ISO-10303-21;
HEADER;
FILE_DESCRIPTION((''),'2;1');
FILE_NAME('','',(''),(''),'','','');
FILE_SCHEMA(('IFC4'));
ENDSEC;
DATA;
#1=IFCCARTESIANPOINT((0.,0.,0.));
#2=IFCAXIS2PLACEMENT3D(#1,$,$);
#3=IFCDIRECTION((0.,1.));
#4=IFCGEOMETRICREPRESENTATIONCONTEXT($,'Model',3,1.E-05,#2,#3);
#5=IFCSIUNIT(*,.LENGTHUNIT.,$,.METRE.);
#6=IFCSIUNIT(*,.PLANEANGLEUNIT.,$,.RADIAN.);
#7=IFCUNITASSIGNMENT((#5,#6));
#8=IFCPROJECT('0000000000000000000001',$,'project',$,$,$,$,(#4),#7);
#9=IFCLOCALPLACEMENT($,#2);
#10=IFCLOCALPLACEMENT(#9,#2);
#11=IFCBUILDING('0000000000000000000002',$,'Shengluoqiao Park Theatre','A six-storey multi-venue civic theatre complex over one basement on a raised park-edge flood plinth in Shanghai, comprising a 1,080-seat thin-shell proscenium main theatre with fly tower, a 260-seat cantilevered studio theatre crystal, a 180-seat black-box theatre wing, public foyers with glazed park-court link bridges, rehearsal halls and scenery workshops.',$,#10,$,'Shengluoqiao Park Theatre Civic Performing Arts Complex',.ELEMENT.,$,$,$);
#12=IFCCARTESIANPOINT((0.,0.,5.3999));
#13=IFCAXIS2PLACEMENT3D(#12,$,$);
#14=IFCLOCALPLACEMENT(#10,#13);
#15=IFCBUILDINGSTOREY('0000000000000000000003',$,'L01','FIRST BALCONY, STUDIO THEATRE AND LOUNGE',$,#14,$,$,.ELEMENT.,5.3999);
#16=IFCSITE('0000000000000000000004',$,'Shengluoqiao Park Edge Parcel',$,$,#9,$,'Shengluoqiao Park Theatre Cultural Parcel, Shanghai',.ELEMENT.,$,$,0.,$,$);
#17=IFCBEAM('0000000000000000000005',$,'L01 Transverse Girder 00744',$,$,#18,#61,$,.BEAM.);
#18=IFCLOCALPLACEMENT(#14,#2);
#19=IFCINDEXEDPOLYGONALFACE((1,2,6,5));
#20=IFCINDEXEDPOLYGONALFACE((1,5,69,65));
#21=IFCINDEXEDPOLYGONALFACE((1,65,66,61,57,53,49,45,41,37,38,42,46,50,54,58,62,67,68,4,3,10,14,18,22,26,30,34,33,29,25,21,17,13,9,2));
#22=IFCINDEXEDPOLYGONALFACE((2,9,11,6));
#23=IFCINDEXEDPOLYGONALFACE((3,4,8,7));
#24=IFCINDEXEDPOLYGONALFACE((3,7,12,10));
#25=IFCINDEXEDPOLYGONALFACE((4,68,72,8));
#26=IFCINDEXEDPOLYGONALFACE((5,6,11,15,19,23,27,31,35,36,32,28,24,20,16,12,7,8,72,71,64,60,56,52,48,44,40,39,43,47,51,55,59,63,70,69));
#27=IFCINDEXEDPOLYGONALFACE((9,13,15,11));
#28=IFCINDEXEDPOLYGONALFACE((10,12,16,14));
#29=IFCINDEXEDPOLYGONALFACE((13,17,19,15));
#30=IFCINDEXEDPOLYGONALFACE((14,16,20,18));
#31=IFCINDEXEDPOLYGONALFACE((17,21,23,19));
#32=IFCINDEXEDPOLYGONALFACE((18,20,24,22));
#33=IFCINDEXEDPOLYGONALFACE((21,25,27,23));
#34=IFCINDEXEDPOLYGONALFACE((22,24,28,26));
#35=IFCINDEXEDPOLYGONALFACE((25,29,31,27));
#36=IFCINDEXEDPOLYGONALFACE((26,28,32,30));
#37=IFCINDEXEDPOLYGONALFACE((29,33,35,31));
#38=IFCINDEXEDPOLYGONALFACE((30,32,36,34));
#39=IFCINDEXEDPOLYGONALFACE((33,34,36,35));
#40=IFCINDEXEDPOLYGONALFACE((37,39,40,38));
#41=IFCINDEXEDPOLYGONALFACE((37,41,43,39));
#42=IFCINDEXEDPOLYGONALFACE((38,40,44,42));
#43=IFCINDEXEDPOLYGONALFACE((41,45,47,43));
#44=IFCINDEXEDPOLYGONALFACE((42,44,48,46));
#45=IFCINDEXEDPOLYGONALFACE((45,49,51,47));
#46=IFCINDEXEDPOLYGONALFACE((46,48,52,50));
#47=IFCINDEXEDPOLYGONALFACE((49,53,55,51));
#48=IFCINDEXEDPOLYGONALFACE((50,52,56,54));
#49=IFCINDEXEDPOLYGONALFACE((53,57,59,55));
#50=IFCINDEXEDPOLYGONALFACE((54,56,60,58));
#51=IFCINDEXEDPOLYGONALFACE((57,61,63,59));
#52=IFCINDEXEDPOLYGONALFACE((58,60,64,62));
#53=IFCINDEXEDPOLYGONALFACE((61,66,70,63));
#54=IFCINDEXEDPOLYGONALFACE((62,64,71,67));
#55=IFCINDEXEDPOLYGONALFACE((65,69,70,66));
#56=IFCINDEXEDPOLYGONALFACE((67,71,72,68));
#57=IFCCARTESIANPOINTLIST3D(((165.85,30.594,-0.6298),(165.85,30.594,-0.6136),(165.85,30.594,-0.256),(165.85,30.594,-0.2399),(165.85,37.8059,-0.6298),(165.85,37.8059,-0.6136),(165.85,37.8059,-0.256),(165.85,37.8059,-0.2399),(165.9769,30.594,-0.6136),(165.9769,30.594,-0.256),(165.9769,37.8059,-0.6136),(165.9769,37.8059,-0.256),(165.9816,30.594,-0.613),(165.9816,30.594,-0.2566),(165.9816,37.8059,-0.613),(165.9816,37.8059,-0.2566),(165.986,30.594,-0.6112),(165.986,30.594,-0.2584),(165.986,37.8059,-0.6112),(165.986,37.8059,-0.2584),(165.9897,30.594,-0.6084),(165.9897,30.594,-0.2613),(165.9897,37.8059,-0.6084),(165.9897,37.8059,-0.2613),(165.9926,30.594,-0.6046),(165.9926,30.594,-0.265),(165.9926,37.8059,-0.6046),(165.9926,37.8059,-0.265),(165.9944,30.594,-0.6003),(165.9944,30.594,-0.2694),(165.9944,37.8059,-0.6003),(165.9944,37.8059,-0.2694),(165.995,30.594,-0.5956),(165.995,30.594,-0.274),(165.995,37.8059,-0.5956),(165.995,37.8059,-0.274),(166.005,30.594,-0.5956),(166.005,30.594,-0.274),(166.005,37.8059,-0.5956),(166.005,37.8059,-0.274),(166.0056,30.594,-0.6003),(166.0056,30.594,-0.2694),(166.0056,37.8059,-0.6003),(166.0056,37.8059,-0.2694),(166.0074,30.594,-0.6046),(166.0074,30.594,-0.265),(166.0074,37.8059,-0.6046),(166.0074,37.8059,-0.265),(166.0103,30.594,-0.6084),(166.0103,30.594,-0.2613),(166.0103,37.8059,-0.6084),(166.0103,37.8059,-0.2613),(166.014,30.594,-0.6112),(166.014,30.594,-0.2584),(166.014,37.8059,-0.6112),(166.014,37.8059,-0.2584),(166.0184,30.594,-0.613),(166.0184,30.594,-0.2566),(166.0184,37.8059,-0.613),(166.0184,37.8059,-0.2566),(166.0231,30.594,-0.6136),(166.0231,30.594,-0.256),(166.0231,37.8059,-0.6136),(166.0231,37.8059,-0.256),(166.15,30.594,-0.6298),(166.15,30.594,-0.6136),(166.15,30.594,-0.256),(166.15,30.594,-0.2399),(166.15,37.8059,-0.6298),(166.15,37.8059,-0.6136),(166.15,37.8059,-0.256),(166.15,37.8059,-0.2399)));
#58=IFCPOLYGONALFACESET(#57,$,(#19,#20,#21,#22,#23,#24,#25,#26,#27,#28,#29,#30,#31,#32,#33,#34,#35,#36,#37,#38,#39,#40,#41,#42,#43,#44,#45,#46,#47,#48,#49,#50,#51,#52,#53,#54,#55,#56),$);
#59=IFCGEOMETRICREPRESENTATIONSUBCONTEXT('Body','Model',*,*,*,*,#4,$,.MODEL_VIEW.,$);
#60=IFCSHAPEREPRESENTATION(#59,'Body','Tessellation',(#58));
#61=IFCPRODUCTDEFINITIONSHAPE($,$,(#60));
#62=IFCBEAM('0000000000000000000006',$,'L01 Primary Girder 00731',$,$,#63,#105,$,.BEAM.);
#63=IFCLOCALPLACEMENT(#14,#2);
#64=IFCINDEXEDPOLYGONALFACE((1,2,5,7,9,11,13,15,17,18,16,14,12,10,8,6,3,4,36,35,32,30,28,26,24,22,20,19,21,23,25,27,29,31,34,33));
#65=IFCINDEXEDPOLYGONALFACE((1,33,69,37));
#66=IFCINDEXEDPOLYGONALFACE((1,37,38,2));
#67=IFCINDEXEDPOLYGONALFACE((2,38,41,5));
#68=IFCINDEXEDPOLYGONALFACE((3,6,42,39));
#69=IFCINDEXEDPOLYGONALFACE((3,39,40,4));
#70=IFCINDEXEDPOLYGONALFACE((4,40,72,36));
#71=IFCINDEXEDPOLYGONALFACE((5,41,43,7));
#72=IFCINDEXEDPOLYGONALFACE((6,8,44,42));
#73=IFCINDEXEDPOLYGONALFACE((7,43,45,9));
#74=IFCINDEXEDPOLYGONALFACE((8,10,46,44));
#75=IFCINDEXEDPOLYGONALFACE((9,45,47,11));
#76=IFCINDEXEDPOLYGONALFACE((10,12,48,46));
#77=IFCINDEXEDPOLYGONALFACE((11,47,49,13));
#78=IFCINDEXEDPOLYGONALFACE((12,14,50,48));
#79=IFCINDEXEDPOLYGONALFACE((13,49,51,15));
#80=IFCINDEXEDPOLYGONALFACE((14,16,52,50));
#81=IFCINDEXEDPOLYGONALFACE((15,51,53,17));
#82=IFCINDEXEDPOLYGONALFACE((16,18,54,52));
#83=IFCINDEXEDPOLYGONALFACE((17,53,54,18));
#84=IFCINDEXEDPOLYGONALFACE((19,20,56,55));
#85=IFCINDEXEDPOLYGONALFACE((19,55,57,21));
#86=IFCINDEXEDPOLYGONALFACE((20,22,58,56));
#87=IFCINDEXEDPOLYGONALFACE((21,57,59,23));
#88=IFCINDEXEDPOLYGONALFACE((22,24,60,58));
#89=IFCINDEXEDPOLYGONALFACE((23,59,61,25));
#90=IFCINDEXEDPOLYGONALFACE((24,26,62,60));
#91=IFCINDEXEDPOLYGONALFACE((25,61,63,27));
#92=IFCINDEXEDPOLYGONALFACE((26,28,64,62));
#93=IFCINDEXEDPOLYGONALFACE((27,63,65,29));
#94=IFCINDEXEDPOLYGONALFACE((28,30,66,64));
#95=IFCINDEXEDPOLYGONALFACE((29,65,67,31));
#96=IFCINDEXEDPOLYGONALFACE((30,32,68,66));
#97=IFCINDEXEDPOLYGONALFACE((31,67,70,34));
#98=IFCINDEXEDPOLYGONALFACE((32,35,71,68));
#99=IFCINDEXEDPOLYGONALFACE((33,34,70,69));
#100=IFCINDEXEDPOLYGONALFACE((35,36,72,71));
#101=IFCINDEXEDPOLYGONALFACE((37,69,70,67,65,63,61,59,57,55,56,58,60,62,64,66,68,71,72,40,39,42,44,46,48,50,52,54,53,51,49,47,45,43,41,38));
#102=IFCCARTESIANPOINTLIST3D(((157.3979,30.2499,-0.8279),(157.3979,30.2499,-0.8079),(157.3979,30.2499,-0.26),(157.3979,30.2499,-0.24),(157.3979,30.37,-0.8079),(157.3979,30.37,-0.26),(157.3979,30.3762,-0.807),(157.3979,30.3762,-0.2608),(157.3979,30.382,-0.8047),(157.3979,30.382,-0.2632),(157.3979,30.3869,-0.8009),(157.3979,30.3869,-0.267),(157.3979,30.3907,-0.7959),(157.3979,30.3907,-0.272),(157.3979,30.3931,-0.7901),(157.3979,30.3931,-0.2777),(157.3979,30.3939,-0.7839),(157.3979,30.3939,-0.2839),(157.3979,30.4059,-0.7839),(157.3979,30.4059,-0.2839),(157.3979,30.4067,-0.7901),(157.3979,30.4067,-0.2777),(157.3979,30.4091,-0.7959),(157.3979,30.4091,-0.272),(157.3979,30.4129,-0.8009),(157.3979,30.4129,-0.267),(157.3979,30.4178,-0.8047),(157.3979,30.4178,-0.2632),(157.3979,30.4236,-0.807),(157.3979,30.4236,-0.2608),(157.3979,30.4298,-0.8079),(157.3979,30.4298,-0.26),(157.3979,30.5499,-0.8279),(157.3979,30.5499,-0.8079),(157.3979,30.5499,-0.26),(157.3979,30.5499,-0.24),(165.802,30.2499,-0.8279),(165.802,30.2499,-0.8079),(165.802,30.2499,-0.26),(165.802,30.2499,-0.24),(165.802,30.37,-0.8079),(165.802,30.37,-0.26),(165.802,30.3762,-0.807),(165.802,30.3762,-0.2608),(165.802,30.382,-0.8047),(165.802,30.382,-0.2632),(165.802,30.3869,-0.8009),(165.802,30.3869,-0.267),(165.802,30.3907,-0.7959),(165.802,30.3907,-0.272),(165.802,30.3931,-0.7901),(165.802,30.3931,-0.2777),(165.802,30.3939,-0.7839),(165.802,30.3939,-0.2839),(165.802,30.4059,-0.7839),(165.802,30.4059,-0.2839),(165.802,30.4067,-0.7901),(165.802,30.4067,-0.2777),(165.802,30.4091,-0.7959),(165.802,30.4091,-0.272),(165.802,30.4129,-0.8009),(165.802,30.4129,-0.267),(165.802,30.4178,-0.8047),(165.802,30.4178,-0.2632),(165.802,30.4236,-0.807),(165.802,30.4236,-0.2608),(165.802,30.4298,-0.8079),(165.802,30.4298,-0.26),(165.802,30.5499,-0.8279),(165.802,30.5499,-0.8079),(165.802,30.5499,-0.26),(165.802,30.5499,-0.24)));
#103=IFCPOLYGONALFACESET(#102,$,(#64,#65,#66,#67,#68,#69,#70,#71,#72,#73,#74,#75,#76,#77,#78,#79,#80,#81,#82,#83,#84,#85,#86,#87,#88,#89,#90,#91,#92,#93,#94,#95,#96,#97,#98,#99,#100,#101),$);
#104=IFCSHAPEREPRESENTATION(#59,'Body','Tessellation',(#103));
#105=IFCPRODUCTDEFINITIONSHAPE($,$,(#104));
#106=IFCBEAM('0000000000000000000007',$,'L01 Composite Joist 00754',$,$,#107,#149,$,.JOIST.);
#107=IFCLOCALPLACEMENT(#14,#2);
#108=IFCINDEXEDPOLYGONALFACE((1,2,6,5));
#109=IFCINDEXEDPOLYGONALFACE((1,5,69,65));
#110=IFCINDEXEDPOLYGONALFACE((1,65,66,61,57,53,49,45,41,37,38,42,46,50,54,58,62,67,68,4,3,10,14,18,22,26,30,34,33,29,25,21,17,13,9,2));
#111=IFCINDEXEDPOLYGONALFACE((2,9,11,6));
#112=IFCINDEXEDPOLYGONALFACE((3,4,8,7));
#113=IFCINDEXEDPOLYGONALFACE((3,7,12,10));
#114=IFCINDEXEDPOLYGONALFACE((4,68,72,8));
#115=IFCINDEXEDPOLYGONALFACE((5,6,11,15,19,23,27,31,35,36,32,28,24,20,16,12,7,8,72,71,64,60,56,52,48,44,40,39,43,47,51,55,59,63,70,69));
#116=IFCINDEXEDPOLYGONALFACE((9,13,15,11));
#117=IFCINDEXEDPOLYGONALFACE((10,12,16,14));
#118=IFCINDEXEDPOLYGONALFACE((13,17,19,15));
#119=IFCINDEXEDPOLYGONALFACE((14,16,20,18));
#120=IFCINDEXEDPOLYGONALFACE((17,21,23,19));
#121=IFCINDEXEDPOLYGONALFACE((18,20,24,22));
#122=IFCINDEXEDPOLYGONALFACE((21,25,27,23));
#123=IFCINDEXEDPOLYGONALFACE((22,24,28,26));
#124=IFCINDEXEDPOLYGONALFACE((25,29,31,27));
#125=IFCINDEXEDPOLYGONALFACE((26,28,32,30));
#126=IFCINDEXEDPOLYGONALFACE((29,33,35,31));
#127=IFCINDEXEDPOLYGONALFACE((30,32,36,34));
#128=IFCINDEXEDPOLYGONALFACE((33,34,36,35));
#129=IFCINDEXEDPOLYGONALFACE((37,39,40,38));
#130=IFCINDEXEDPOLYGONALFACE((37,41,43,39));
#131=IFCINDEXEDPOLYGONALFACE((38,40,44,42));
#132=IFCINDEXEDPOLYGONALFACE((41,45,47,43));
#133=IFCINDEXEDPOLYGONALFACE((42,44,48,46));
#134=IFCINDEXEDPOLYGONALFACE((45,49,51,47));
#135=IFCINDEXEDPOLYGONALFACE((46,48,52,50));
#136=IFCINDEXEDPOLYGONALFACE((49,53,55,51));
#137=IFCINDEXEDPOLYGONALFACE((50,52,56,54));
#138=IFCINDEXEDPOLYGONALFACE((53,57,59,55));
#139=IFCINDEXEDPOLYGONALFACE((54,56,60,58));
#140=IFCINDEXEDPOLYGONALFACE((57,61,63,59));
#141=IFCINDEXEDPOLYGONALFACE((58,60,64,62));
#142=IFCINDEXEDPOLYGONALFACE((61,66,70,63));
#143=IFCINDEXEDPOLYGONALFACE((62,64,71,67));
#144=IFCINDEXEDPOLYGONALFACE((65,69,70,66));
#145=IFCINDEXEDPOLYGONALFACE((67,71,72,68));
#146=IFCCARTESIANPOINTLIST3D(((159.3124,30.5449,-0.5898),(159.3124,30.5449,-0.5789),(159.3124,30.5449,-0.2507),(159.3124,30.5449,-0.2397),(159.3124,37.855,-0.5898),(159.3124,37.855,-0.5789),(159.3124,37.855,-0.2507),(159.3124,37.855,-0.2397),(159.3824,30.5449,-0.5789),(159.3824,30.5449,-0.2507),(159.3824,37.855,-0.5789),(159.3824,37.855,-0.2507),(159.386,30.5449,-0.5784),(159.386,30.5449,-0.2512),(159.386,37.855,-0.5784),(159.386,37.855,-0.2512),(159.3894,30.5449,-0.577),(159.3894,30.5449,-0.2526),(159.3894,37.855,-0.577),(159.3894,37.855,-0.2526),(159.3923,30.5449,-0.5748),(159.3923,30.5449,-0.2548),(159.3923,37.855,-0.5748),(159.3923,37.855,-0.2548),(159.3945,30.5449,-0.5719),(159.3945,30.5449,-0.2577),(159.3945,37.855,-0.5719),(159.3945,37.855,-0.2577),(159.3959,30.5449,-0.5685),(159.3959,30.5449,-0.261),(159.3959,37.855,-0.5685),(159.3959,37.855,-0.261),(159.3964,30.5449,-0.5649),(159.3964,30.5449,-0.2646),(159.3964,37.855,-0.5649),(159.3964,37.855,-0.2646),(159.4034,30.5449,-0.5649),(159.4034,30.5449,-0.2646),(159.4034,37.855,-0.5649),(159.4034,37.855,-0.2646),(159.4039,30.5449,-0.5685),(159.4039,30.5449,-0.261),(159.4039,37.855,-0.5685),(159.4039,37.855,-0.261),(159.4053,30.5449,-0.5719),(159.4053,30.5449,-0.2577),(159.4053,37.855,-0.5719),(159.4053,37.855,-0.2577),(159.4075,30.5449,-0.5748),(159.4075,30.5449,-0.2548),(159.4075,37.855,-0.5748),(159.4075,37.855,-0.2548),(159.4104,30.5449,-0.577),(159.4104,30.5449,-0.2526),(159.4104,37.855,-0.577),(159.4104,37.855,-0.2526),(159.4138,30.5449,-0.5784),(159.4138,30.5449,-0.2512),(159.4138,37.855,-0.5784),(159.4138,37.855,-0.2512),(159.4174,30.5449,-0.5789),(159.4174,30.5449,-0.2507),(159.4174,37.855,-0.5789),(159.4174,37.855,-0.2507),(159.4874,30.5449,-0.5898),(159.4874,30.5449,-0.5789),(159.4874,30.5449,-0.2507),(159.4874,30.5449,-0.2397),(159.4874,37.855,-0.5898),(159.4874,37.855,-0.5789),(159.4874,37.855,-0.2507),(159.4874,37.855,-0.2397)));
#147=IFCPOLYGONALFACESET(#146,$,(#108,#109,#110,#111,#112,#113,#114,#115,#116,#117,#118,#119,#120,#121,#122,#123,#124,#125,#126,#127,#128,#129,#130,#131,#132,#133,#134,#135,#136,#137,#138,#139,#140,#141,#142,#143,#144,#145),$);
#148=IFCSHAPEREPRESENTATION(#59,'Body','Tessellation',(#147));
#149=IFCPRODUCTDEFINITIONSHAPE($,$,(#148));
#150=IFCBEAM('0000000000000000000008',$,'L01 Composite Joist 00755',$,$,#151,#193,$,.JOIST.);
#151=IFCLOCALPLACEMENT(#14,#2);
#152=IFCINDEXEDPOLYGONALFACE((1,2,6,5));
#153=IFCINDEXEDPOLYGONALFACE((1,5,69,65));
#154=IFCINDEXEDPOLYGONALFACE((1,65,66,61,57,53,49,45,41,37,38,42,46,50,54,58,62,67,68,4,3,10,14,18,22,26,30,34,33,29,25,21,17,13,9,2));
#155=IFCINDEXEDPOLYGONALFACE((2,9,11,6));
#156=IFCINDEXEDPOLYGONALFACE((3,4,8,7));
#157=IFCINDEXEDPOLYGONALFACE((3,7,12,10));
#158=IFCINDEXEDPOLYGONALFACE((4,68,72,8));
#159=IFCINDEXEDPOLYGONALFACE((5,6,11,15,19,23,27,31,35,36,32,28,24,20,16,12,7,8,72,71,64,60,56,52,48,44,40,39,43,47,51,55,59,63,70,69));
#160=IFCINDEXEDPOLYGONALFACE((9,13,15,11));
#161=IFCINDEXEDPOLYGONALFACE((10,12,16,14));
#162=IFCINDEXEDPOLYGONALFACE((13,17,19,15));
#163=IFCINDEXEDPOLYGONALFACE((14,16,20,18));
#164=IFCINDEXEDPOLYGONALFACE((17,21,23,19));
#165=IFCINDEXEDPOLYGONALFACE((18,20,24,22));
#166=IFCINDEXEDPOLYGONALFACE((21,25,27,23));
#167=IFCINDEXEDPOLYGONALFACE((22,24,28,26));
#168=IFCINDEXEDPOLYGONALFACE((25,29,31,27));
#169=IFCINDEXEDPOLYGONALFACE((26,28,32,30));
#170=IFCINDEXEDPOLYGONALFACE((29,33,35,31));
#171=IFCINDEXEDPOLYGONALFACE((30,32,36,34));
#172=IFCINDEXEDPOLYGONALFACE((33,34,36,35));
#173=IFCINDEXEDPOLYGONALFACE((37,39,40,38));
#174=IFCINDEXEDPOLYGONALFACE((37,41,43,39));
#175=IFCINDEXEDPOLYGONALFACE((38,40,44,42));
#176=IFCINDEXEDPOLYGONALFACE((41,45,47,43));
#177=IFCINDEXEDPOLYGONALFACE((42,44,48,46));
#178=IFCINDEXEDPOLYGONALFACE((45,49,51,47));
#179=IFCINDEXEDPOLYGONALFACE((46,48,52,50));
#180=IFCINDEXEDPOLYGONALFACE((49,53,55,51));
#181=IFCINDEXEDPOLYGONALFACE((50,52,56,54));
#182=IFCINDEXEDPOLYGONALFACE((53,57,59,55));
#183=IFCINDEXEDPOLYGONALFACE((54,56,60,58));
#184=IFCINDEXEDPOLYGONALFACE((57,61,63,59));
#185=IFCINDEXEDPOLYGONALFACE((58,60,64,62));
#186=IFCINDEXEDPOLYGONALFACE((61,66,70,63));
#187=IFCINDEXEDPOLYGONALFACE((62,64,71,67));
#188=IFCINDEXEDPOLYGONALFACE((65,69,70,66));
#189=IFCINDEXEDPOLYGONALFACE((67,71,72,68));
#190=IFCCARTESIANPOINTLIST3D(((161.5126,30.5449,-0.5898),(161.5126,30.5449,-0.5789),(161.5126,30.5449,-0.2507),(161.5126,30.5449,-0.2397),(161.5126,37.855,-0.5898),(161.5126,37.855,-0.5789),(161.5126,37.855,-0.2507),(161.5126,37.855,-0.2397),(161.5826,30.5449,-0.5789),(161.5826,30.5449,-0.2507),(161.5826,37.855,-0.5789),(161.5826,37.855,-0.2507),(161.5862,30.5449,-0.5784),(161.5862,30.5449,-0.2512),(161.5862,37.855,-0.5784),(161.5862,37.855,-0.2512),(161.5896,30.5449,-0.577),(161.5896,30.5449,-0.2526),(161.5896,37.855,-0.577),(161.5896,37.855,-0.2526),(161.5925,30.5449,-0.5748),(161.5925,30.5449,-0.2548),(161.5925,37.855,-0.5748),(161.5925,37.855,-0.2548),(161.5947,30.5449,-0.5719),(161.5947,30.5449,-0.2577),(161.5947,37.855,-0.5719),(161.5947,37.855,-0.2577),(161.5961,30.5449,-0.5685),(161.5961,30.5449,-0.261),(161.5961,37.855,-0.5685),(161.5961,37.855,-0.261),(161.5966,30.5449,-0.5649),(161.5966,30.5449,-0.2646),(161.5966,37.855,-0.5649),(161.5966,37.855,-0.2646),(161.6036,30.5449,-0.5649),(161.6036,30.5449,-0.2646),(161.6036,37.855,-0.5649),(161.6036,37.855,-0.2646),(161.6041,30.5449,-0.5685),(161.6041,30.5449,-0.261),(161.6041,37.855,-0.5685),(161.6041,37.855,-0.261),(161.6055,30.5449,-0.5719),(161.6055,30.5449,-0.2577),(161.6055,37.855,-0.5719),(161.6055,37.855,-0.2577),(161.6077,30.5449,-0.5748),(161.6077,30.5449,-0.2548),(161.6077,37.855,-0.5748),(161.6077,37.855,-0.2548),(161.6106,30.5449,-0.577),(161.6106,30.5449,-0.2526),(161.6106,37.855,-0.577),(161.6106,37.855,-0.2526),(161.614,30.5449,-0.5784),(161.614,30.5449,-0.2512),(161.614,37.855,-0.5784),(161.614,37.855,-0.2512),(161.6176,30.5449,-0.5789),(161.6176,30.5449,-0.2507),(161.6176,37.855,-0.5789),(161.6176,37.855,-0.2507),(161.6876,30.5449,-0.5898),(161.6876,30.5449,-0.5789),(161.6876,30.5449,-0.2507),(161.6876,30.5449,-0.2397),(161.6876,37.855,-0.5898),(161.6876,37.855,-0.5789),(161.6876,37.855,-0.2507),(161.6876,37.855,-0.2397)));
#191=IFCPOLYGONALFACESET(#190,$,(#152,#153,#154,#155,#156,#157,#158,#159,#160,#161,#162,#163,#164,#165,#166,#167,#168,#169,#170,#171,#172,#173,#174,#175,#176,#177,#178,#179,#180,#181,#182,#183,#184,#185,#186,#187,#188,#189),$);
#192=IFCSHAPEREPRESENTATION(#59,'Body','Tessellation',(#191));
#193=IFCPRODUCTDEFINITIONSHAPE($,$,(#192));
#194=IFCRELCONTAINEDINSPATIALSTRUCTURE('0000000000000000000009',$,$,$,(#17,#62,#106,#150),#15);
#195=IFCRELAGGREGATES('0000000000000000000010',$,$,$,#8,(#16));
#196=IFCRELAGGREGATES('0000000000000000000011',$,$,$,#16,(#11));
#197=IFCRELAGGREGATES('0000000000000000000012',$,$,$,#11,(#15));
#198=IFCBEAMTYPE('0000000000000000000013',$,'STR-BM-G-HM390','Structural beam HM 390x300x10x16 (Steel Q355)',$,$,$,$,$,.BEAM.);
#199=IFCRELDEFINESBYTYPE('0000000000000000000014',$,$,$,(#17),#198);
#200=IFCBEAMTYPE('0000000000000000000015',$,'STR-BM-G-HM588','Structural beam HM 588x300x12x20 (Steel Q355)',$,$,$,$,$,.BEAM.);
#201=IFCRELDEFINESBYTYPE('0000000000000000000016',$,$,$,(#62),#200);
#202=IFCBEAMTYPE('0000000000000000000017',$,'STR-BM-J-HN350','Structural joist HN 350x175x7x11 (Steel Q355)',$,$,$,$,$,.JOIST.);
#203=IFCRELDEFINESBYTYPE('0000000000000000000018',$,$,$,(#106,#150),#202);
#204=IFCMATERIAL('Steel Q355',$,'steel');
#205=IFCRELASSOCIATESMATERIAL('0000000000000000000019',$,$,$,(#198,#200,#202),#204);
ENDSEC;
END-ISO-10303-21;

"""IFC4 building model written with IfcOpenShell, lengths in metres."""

from ifc_helpers import new_model, si_unit, direction, frame, origin, origin_2d, place, context, subcontext, project, spatial, i_section, extrude, material, material_profile, profile_set, type_object, element, save


model = new_model("IFC4")

# Units and contexts
model_context = context("Model", 3, precision=1e-05, world=origin(), true_north=direction((0.0, 1.0)))
body_context = subcontext(model_context, "Body", "Model", "MODEL_VIEW")
ifc_project = project(units=[si_unit("LENGTHUNIT", "METRE"), si_unit("PLANEANGLEUNIT", "RADIAN")], contexts=[model_context])

# Site, building, storey
site_placement = place(None, origin())
site = spatial("IfcSite", under=ifc_project, at=site_placement, Name="Shengluoqiao Park Edge Parcel", LongName="Shengluoqiao Park Theatre Cultural Parcel, Shanghai", CompositionType="ELEMENT", RefElevation=0.0)
building_placement = place(site_placement, origin())
building = spatial("IfcBuilding", under=site, at=building_placement, Name="Shengluoqiao Park Theatre", Description="A six-storey multi-venue civic theatre complex over one basement on a raised park-edge flood plinth in Shanghai, comprising a 1,080-seat thin-shell proscenium main theatre with fly tower, a 260-seat cantilevered studio theatre crystal, a 180-seat black-box theatre wing, public foyers with glazed park-court link bridges, rehearsal halls and scenery workshops.", LongName="Shengluoqiao Park Theatre Civic Performing Arts Complex", CompositionType="ELEMENT")
storey_placement = place(building_placement, frame((0.0, 0.0, 5.3999)))
storey = spatial("IfcBuildingStorey", under=building, at=storey_placement, Name="L01", Description="FIRST BALCONY, STUDIO THEATRE AND LOUNGE", CompositionType="ELEMENT", Elevation=5.3999)

# Beams
ifc_material_1 = material(Name="Steel Q355", Category="steel")
ifc_material_profile_1 = material_profile(ifc_material_1, i_section(OverallWidth=0.3, OverallDepth=0.3899, WebThickness=0.01, FlangeThickness=0.0161, FilletRadius=0.0181, at=origin_2d()), Name="HM 390x300x10x16")
ifc_profile_set_1 = profile_set([ifc_material_profile_1], Name="Steel Q355")
beam_type_1 = type_object("IfcBeamType", Name="STR-BM-G-HM390", Description="Structural beam HM 390x300x10x16 (Steel Q355)", PredefinedType="BEAM", material=ifc_profile_set_1)
for number, where, z_axis, x_axis, name in (
    (1, (166.0, 30.594, -0.4348), (0.0, 1.0, 0.0), (-1.0, 0.0, 0.0), "L01 Transverse Girder 00744"),
):
    element("IfcBeam", number, at=place(storey_placement, frame(where, z_axis=z_axis, x_axis=x_axis)), inside=storey, type_object=beam_type_1, Name=name, PredefinedType="BEAM", context=body_context, shape_type="SweptSolid", body=[
        extrude(i_section(OverallWidth=0.3, OverallDepth=0.3899, WebThickness=0.01, FlangeThickness=0.0161, FilletRadius=0.0181, at=origin_2d()), origin(), (0.0, 0.0, 1.0), 7.2119),
    ])
ifc_material_profile_2 = material_profile(ifc_material_1, i_section(OverallWidth=0.3, OverallDepth=0.5879, WebThickness=0.012, FlangeThickness=0.02, FilletRadius=0.0239, at=origin_2d()), Name="HM 588x300x12x20")
ifc_profile_set_2 = profile_set([ifc_material_profile_2], Name="Steel Q355")
beam_type_2 = type_object("IfcBeamType", Name="STR-BM-G-HM588", Description="Structural beam HM 588x300x12x20 (Steel Q355)", PredefinedType="BEAM", material=ifc_profile_set_2)
beam_placement = place(storey_placement, frame((157.3979, 30.3999, -0.5339), z_axis=(1.0, 0.0, 0.0), x_axis=(0.0, 1.0, 0.0)))
element("IfcBeam", 2, at=beam_placement, inside=storey, type_object=beam_type_2, Name="L01 Primary Girder 00731", PredefinedType="BEAM", context=body_context, shape_type="SweptSolid", body=[
    extrude(i_section(OverallWidth=0.3, OverallDepth=0.5879, WebThickness=0.012, FlangeThickness=0.02, FilletRadius=0.0239, at=origin_2d()), origin(), (0.0, 0.0, 1.0), 8.4041),
])
ifc_material_profile_3 = material_profile(ifc_material_1, i_section(OverallWidth=0.175, OverallDepth=0.3501, WebThickness=0.0071, FlangeThickness=0.011, FilletRadius=0.0139, at=origin_2d()), Name="HN 350x175x7x11")
ifc_profile_set_3 = profile_set([ifc_material_profile_3], Name="Steel Q355")
beam_type_3 = type_object("IfcBeamType", Name="STR-BM-J-HN350", Description="Structural joist HN 350x175x7x11 (Steel Q355)", PredefinedType="JOIST", material=ifc_profile_set_3)
for number, where, z_axis, x_axis, name in (
    (3, (159.3999, 30.5449, -0.4148), (0.0, 1.0, 0.0), (-1.0, 0.0, 0.0), "L01 Composite Joist 00754"),
    (4, (161.6001, 30.5449, -0.4148), (0.0, 1.0, 0.0), (-1.0, 0.0, 0.0), "L01 Composite Joist 00755"),
):
    element("IfcBeam", number, at=place(storey_placement, frame(where, z_axis=z_axis, x_axis=x_axis)), inside=storey, type_object=beam_type_3, Name=name, PredefinedType="JOIST", context=body_context, shape_type="SweptSolid", body=[
        extrude(i_section(OverallWidth=0.175, OverallDepth=0.3501, WebThickness=0.0071, FlangeThickness=0.011, FilletRadius=0.0139, at=origin_2d()), origin(), (0.0, 0.0, 1.0), 7.3101),
    ])

save(model, "model.ifc")
